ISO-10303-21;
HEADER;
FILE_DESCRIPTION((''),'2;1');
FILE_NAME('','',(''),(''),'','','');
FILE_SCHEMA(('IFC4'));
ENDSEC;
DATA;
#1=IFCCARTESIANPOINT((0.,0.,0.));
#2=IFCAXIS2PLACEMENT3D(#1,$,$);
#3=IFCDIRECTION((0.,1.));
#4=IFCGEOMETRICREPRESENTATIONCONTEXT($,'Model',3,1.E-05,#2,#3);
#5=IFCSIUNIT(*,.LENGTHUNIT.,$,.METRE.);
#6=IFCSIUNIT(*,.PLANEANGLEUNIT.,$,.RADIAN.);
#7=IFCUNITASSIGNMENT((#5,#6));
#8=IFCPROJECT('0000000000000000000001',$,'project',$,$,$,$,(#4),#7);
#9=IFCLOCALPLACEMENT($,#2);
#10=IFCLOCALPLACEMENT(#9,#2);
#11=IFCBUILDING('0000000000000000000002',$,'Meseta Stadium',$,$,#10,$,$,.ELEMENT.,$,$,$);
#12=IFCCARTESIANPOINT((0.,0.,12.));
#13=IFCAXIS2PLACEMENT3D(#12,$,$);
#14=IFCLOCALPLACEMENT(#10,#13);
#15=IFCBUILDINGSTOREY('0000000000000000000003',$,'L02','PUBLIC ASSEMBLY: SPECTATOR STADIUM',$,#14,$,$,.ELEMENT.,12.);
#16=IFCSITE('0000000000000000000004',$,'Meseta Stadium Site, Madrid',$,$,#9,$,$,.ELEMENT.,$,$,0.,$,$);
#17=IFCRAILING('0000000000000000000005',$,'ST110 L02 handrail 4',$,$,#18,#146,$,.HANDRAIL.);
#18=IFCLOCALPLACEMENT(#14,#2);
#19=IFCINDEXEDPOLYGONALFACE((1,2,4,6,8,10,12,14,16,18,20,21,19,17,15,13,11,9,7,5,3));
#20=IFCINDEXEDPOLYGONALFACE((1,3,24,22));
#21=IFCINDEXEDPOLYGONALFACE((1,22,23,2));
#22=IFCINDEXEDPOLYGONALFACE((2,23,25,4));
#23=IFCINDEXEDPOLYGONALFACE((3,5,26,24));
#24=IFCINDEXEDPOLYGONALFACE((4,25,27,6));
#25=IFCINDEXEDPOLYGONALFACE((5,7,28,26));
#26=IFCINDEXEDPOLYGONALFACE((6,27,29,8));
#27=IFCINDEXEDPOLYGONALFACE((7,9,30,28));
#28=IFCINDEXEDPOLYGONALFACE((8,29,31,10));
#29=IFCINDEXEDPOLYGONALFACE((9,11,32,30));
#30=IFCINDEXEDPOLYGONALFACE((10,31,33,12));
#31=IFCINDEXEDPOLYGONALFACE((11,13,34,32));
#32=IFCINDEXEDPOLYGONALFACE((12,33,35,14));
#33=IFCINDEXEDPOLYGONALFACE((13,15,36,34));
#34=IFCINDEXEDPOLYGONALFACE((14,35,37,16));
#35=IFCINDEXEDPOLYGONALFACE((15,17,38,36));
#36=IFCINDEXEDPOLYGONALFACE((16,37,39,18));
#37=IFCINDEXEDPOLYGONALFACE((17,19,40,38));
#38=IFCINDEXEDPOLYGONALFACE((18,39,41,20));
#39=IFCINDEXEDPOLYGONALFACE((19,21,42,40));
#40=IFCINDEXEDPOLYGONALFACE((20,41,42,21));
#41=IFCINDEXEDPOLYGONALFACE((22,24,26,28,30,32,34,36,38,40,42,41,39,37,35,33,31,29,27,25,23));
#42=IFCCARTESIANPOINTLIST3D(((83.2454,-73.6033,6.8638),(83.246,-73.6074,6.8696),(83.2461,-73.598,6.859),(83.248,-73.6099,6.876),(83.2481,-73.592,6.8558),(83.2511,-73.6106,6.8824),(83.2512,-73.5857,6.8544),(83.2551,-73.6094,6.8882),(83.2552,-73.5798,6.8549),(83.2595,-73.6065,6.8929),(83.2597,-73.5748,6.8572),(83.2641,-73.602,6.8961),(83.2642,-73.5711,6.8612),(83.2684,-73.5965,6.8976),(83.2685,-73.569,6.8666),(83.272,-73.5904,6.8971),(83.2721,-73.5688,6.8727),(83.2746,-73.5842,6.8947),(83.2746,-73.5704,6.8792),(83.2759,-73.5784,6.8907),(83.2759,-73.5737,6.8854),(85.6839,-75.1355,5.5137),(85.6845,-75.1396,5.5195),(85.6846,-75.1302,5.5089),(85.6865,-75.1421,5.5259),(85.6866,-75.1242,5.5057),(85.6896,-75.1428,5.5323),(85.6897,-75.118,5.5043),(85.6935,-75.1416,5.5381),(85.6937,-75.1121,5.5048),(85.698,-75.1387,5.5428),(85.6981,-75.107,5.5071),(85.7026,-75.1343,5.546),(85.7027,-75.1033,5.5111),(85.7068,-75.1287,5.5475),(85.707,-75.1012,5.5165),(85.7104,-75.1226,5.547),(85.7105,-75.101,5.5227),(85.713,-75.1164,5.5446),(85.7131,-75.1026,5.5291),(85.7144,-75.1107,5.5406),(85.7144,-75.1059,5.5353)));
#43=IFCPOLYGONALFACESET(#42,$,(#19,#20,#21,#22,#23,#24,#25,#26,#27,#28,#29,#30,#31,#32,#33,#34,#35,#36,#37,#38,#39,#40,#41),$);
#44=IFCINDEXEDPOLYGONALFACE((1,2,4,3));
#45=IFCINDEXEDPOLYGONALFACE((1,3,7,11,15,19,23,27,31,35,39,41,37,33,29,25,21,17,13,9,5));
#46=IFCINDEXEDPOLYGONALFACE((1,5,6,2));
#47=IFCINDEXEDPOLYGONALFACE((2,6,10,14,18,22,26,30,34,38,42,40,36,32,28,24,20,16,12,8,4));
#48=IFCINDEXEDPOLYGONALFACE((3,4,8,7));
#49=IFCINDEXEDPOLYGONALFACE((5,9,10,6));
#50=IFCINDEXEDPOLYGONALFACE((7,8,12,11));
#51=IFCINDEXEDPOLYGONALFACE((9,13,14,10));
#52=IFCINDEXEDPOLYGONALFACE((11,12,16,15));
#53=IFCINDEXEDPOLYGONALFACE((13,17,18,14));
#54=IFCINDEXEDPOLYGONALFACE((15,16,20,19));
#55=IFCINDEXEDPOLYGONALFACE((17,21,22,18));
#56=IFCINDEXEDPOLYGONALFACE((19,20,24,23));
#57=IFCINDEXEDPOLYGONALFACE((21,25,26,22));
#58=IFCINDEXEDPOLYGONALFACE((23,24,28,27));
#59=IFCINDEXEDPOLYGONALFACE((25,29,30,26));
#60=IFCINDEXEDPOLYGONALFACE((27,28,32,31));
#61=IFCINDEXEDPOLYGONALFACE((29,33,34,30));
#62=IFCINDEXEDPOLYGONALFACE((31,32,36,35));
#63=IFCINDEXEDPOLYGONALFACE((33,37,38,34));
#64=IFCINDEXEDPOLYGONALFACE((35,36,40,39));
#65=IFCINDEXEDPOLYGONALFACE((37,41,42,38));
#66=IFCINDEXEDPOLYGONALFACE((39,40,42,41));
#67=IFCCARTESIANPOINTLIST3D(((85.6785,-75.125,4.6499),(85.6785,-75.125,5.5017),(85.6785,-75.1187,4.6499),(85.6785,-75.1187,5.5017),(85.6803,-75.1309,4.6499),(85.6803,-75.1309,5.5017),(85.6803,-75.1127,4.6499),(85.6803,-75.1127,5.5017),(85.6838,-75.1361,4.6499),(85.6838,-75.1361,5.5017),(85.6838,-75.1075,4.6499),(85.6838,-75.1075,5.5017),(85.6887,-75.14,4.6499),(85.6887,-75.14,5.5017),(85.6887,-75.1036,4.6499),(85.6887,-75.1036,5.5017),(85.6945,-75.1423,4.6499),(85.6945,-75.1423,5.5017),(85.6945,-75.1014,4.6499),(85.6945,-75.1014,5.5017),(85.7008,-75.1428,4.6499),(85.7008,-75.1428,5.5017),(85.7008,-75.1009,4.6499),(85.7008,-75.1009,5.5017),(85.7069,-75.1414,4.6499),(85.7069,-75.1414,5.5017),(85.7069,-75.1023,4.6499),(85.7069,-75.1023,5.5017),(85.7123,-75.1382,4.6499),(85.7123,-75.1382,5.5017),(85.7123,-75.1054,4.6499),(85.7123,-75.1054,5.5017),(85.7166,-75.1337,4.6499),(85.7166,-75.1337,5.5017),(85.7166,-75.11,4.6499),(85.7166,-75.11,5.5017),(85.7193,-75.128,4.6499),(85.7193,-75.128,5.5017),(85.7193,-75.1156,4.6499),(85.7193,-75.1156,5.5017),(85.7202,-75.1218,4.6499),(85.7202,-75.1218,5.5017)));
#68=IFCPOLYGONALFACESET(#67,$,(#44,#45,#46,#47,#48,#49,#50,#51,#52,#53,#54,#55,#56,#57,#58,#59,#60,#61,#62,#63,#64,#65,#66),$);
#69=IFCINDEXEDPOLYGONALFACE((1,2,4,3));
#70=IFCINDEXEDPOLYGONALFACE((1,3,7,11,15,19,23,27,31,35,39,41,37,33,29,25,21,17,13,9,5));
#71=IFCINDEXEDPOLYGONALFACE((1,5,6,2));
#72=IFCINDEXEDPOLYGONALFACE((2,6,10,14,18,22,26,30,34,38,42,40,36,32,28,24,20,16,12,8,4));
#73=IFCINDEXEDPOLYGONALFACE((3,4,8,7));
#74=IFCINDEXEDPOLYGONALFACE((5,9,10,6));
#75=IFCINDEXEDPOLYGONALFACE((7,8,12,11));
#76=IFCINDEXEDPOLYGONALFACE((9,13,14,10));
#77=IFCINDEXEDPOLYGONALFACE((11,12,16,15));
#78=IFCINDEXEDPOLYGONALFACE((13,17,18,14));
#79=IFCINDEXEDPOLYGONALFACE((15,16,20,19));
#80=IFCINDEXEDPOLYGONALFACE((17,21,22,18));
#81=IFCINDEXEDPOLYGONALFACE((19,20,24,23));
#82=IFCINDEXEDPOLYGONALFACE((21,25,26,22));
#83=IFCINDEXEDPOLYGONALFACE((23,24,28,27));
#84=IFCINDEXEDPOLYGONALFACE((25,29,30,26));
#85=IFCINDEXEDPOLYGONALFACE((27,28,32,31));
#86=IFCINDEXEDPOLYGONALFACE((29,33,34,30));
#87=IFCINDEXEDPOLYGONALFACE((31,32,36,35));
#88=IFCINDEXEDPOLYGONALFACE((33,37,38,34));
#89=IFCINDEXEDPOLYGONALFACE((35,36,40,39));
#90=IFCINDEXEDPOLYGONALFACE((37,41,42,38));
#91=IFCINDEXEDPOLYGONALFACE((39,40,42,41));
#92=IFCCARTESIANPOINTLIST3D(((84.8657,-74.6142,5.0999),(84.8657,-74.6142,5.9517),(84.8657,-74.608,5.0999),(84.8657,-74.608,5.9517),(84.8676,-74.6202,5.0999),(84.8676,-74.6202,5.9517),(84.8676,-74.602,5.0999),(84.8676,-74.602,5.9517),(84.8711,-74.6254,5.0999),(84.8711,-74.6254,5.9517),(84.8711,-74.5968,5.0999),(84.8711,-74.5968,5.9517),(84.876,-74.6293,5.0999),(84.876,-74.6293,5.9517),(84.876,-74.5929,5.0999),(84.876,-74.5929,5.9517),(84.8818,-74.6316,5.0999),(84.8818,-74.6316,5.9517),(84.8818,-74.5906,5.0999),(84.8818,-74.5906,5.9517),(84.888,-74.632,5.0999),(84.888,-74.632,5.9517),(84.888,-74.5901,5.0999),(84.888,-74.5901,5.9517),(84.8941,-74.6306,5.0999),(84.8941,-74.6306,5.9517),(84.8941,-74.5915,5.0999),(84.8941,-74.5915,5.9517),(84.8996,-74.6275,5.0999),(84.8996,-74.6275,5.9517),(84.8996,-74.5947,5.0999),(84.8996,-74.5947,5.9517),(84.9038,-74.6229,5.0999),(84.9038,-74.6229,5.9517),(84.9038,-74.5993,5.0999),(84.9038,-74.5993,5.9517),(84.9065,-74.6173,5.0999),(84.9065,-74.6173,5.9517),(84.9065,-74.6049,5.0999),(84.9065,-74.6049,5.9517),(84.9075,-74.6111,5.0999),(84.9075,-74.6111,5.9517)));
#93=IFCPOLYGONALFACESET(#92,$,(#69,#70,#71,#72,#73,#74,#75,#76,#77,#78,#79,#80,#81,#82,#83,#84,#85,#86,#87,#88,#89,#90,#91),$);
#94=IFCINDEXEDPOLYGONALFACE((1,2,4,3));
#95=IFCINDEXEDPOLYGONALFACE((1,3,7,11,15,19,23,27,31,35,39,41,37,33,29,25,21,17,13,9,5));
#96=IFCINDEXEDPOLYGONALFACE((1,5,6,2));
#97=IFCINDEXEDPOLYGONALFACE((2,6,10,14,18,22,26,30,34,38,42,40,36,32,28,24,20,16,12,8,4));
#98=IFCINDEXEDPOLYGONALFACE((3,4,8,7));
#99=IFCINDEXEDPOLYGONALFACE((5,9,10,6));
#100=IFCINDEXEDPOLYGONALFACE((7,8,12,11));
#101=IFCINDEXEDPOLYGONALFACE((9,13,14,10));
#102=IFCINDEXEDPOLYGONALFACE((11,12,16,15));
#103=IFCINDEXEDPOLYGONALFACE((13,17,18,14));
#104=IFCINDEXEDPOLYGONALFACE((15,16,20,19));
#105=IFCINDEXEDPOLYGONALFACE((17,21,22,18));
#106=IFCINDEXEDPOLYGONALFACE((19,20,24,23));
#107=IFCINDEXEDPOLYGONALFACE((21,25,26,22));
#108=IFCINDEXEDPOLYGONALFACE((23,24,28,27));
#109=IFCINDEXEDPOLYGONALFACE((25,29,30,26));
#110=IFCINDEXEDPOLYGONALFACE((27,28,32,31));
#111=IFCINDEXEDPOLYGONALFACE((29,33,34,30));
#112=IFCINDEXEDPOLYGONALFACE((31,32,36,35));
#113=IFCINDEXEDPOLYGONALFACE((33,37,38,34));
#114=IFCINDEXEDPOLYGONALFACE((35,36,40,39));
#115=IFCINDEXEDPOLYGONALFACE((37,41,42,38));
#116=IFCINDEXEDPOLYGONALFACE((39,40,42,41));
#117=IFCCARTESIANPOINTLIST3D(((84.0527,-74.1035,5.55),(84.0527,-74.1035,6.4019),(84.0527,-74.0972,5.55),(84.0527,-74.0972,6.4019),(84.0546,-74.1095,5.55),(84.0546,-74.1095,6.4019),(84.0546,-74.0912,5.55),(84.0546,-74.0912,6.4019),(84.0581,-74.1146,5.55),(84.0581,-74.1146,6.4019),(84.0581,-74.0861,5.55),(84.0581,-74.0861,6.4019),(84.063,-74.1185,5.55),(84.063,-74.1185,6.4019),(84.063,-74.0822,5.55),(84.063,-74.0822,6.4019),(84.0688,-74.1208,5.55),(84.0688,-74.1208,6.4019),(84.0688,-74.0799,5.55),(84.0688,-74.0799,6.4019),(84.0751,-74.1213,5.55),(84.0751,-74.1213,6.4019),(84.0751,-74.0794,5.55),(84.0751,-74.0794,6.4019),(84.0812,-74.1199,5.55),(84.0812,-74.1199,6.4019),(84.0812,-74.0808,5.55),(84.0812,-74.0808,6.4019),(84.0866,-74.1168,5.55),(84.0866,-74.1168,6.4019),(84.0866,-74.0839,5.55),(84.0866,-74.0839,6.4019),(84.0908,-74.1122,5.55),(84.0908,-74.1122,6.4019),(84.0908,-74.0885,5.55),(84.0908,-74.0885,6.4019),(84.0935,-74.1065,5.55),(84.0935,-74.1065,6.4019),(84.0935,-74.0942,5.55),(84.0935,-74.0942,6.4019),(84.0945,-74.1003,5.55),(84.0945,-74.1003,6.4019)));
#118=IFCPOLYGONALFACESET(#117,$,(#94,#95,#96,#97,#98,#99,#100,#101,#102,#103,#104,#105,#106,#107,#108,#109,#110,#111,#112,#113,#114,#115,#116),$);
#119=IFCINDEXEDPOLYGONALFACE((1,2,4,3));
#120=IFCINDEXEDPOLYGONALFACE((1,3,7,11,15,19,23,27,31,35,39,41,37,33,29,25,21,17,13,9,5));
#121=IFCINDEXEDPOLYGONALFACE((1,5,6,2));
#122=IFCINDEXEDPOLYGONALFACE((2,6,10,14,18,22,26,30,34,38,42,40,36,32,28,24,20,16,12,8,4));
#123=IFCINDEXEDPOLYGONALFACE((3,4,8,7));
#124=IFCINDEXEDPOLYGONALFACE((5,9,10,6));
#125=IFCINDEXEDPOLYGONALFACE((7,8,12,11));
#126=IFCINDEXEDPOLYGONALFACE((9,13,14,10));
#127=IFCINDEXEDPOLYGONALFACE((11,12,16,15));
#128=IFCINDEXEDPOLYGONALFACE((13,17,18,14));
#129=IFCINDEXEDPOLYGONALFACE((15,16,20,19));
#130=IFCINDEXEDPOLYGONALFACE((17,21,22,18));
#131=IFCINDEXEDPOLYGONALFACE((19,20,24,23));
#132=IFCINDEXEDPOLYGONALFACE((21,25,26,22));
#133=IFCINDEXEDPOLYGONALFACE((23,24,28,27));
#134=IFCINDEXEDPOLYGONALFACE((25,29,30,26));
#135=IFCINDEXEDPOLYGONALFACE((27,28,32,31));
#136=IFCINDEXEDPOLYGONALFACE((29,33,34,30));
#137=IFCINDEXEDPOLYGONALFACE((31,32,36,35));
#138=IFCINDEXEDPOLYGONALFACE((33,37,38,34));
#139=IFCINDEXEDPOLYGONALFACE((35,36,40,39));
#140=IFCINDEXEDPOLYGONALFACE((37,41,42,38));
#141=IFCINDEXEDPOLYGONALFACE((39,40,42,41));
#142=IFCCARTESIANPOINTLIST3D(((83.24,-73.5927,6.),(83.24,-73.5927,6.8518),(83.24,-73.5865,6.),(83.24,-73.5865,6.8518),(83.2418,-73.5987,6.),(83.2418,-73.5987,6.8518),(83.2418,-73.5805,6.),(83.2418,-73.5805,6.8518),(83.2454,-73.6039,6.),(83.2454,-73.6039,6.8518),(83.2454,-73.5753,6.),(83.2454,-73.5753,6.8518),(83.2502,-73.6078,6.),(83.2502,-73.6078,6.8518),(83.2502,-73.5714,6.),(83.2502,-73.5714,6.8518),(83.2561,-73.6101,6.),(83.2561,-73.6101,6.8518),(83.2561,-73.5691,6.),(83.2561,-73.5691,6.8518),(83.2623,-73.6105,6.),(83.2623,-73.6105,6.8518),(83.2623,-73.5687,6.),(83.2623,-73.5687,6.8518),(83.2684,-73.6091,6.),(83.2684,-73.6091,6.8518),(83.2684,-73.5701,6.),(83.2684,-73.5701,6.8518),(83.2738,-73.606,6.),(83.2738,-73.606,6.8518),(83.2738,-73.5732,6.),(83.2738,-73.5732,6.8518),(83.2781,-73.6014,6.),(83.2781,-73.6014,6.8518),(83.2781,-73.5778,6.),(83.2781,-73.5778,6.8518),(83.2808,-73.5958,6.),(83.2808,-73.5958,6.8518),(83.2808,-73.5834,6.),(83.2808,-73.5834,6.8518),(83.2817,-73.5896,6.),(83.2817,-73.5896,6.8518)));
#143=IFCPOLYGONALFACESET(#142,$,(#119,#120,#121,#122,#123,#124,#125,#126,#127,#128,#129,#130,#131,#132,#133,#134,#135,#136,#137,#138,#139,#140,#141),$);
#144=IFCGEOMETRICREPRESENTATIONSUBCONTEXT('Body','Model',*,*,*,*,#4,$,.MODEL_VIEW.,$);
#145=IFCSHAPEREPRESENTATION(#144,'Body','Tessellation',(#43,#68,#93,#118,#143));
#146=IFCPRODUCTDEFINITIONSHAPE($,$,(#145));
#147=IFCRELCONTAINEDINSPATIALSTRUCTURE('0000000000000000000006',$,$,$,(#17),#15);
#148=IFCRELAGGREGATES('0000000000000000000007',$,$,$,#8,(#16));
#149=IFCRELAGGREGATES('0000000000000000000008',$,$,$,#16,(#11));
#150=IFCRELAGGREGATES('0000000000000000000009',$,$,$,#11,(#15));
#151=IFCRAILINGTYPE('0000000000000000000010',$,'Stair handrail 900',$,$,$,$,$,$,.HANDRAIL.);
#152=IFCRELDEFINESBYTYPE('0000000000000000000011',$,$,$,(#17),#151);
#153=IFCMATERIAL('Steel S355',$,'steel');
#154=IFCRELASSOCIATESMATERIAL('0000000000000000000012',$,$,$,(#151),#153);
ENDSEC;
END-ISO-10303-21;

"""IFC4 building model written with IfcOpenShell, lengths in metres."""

from ifc_helpers import new_model, si_unit, direction, frame, origin, origin_2d, place, context, subcontext, project, spatial, circle, extrude, material, type_object, element, save


model = new_model("IFC4")

# Units and contexts
model_context = context("Model", 3, precision=1e-05, world=origin(), true_north=direction((0.0, 1.0)))
body_context = subcontext(model_context, "Body", "Model", "MODEL_VIEW")
ifc_project = project(units=[si_unit("LENGTHUNIT", "METRE"), si_unit("PLANEANGLEUNIT", "RADIAN")], contexts=[model_context])

# Site, building, storey
site_placement = place(None, origin())
site = spatial("IfcSite", under=ifc_project, at=site_placement, Name="Meseta Stadium Site, Madrid", CompositionType="ELEMENT", RefElevation=0.0)
building_placement = place(site_placement, origin())
building = spatial("IfcBuilding", under=site, at=building_placement, Name="Meseta Stadium", CompositionType="ELEMENT")
storey_placement = place(building_placement, frame((0.0, 0.0, 12.0)))
storey = spatial("IfcBuildingStorey", under=building, at=storey_placement, Name="L02", Description="PUBLIC ASSEMBLY: SPECTATOR STADIUM", CompositionType="ELEMENT", Elevation=12.0)

# Railing
ifc_material_1 = material(Name="Steel S355", Category="steel")
railing_type_1 = type_object("IfcRailingType", Name="Stair handrail 900", PredefinedType="HANDRAIL", material=ifc_material_1)
for number, where, name in (
    (1, (85.6992, -75.1218, 4.6499), "ST110 L02 handrail 4"),
):
    element("IfcRailing", number, at=place(storey_placement, frame(where)), inside=storey, type_object=railing_type_1, Name=name, PredefinedType="HANDRAIL", context=body_context, shape_type="SweptSolid", body=[
        extrude(circle(Radius=0.0239, at=origin_2d()), frame((0.0, 0.0, 0.876), z_axis=(-0.766655, 0.481731, 0.42447), x_axis=(-0.53204, -0.846719, 0.0)), (0.0, 0.0, 1.0), 3.1807),
        extrude(circle(Radius=0.021, at=origin_2d()), origin(), (0.0, 0.0, 1.0), 0.8518),
        extrude(circle(Radius=0.021, at=origin_2d()), frame((-0.8127, 0.5107, 0.45)), (0.0, 0.0, 1.0), 0.8518),
        extrude(circle(Radius=0.021, at=origin_2d()), frame((-1.6257, 1.0215, 0.9001)), (0.0, 0.0, 1.0), 0.8518),
        extrude(circle(Radius=0.021, at=origin_2d()), frame((-2.4385, 1.5322, 1.3501)), (0.0, 0.0, 1.0), 0.8518),
    ])

save(model, "model.ifc")
